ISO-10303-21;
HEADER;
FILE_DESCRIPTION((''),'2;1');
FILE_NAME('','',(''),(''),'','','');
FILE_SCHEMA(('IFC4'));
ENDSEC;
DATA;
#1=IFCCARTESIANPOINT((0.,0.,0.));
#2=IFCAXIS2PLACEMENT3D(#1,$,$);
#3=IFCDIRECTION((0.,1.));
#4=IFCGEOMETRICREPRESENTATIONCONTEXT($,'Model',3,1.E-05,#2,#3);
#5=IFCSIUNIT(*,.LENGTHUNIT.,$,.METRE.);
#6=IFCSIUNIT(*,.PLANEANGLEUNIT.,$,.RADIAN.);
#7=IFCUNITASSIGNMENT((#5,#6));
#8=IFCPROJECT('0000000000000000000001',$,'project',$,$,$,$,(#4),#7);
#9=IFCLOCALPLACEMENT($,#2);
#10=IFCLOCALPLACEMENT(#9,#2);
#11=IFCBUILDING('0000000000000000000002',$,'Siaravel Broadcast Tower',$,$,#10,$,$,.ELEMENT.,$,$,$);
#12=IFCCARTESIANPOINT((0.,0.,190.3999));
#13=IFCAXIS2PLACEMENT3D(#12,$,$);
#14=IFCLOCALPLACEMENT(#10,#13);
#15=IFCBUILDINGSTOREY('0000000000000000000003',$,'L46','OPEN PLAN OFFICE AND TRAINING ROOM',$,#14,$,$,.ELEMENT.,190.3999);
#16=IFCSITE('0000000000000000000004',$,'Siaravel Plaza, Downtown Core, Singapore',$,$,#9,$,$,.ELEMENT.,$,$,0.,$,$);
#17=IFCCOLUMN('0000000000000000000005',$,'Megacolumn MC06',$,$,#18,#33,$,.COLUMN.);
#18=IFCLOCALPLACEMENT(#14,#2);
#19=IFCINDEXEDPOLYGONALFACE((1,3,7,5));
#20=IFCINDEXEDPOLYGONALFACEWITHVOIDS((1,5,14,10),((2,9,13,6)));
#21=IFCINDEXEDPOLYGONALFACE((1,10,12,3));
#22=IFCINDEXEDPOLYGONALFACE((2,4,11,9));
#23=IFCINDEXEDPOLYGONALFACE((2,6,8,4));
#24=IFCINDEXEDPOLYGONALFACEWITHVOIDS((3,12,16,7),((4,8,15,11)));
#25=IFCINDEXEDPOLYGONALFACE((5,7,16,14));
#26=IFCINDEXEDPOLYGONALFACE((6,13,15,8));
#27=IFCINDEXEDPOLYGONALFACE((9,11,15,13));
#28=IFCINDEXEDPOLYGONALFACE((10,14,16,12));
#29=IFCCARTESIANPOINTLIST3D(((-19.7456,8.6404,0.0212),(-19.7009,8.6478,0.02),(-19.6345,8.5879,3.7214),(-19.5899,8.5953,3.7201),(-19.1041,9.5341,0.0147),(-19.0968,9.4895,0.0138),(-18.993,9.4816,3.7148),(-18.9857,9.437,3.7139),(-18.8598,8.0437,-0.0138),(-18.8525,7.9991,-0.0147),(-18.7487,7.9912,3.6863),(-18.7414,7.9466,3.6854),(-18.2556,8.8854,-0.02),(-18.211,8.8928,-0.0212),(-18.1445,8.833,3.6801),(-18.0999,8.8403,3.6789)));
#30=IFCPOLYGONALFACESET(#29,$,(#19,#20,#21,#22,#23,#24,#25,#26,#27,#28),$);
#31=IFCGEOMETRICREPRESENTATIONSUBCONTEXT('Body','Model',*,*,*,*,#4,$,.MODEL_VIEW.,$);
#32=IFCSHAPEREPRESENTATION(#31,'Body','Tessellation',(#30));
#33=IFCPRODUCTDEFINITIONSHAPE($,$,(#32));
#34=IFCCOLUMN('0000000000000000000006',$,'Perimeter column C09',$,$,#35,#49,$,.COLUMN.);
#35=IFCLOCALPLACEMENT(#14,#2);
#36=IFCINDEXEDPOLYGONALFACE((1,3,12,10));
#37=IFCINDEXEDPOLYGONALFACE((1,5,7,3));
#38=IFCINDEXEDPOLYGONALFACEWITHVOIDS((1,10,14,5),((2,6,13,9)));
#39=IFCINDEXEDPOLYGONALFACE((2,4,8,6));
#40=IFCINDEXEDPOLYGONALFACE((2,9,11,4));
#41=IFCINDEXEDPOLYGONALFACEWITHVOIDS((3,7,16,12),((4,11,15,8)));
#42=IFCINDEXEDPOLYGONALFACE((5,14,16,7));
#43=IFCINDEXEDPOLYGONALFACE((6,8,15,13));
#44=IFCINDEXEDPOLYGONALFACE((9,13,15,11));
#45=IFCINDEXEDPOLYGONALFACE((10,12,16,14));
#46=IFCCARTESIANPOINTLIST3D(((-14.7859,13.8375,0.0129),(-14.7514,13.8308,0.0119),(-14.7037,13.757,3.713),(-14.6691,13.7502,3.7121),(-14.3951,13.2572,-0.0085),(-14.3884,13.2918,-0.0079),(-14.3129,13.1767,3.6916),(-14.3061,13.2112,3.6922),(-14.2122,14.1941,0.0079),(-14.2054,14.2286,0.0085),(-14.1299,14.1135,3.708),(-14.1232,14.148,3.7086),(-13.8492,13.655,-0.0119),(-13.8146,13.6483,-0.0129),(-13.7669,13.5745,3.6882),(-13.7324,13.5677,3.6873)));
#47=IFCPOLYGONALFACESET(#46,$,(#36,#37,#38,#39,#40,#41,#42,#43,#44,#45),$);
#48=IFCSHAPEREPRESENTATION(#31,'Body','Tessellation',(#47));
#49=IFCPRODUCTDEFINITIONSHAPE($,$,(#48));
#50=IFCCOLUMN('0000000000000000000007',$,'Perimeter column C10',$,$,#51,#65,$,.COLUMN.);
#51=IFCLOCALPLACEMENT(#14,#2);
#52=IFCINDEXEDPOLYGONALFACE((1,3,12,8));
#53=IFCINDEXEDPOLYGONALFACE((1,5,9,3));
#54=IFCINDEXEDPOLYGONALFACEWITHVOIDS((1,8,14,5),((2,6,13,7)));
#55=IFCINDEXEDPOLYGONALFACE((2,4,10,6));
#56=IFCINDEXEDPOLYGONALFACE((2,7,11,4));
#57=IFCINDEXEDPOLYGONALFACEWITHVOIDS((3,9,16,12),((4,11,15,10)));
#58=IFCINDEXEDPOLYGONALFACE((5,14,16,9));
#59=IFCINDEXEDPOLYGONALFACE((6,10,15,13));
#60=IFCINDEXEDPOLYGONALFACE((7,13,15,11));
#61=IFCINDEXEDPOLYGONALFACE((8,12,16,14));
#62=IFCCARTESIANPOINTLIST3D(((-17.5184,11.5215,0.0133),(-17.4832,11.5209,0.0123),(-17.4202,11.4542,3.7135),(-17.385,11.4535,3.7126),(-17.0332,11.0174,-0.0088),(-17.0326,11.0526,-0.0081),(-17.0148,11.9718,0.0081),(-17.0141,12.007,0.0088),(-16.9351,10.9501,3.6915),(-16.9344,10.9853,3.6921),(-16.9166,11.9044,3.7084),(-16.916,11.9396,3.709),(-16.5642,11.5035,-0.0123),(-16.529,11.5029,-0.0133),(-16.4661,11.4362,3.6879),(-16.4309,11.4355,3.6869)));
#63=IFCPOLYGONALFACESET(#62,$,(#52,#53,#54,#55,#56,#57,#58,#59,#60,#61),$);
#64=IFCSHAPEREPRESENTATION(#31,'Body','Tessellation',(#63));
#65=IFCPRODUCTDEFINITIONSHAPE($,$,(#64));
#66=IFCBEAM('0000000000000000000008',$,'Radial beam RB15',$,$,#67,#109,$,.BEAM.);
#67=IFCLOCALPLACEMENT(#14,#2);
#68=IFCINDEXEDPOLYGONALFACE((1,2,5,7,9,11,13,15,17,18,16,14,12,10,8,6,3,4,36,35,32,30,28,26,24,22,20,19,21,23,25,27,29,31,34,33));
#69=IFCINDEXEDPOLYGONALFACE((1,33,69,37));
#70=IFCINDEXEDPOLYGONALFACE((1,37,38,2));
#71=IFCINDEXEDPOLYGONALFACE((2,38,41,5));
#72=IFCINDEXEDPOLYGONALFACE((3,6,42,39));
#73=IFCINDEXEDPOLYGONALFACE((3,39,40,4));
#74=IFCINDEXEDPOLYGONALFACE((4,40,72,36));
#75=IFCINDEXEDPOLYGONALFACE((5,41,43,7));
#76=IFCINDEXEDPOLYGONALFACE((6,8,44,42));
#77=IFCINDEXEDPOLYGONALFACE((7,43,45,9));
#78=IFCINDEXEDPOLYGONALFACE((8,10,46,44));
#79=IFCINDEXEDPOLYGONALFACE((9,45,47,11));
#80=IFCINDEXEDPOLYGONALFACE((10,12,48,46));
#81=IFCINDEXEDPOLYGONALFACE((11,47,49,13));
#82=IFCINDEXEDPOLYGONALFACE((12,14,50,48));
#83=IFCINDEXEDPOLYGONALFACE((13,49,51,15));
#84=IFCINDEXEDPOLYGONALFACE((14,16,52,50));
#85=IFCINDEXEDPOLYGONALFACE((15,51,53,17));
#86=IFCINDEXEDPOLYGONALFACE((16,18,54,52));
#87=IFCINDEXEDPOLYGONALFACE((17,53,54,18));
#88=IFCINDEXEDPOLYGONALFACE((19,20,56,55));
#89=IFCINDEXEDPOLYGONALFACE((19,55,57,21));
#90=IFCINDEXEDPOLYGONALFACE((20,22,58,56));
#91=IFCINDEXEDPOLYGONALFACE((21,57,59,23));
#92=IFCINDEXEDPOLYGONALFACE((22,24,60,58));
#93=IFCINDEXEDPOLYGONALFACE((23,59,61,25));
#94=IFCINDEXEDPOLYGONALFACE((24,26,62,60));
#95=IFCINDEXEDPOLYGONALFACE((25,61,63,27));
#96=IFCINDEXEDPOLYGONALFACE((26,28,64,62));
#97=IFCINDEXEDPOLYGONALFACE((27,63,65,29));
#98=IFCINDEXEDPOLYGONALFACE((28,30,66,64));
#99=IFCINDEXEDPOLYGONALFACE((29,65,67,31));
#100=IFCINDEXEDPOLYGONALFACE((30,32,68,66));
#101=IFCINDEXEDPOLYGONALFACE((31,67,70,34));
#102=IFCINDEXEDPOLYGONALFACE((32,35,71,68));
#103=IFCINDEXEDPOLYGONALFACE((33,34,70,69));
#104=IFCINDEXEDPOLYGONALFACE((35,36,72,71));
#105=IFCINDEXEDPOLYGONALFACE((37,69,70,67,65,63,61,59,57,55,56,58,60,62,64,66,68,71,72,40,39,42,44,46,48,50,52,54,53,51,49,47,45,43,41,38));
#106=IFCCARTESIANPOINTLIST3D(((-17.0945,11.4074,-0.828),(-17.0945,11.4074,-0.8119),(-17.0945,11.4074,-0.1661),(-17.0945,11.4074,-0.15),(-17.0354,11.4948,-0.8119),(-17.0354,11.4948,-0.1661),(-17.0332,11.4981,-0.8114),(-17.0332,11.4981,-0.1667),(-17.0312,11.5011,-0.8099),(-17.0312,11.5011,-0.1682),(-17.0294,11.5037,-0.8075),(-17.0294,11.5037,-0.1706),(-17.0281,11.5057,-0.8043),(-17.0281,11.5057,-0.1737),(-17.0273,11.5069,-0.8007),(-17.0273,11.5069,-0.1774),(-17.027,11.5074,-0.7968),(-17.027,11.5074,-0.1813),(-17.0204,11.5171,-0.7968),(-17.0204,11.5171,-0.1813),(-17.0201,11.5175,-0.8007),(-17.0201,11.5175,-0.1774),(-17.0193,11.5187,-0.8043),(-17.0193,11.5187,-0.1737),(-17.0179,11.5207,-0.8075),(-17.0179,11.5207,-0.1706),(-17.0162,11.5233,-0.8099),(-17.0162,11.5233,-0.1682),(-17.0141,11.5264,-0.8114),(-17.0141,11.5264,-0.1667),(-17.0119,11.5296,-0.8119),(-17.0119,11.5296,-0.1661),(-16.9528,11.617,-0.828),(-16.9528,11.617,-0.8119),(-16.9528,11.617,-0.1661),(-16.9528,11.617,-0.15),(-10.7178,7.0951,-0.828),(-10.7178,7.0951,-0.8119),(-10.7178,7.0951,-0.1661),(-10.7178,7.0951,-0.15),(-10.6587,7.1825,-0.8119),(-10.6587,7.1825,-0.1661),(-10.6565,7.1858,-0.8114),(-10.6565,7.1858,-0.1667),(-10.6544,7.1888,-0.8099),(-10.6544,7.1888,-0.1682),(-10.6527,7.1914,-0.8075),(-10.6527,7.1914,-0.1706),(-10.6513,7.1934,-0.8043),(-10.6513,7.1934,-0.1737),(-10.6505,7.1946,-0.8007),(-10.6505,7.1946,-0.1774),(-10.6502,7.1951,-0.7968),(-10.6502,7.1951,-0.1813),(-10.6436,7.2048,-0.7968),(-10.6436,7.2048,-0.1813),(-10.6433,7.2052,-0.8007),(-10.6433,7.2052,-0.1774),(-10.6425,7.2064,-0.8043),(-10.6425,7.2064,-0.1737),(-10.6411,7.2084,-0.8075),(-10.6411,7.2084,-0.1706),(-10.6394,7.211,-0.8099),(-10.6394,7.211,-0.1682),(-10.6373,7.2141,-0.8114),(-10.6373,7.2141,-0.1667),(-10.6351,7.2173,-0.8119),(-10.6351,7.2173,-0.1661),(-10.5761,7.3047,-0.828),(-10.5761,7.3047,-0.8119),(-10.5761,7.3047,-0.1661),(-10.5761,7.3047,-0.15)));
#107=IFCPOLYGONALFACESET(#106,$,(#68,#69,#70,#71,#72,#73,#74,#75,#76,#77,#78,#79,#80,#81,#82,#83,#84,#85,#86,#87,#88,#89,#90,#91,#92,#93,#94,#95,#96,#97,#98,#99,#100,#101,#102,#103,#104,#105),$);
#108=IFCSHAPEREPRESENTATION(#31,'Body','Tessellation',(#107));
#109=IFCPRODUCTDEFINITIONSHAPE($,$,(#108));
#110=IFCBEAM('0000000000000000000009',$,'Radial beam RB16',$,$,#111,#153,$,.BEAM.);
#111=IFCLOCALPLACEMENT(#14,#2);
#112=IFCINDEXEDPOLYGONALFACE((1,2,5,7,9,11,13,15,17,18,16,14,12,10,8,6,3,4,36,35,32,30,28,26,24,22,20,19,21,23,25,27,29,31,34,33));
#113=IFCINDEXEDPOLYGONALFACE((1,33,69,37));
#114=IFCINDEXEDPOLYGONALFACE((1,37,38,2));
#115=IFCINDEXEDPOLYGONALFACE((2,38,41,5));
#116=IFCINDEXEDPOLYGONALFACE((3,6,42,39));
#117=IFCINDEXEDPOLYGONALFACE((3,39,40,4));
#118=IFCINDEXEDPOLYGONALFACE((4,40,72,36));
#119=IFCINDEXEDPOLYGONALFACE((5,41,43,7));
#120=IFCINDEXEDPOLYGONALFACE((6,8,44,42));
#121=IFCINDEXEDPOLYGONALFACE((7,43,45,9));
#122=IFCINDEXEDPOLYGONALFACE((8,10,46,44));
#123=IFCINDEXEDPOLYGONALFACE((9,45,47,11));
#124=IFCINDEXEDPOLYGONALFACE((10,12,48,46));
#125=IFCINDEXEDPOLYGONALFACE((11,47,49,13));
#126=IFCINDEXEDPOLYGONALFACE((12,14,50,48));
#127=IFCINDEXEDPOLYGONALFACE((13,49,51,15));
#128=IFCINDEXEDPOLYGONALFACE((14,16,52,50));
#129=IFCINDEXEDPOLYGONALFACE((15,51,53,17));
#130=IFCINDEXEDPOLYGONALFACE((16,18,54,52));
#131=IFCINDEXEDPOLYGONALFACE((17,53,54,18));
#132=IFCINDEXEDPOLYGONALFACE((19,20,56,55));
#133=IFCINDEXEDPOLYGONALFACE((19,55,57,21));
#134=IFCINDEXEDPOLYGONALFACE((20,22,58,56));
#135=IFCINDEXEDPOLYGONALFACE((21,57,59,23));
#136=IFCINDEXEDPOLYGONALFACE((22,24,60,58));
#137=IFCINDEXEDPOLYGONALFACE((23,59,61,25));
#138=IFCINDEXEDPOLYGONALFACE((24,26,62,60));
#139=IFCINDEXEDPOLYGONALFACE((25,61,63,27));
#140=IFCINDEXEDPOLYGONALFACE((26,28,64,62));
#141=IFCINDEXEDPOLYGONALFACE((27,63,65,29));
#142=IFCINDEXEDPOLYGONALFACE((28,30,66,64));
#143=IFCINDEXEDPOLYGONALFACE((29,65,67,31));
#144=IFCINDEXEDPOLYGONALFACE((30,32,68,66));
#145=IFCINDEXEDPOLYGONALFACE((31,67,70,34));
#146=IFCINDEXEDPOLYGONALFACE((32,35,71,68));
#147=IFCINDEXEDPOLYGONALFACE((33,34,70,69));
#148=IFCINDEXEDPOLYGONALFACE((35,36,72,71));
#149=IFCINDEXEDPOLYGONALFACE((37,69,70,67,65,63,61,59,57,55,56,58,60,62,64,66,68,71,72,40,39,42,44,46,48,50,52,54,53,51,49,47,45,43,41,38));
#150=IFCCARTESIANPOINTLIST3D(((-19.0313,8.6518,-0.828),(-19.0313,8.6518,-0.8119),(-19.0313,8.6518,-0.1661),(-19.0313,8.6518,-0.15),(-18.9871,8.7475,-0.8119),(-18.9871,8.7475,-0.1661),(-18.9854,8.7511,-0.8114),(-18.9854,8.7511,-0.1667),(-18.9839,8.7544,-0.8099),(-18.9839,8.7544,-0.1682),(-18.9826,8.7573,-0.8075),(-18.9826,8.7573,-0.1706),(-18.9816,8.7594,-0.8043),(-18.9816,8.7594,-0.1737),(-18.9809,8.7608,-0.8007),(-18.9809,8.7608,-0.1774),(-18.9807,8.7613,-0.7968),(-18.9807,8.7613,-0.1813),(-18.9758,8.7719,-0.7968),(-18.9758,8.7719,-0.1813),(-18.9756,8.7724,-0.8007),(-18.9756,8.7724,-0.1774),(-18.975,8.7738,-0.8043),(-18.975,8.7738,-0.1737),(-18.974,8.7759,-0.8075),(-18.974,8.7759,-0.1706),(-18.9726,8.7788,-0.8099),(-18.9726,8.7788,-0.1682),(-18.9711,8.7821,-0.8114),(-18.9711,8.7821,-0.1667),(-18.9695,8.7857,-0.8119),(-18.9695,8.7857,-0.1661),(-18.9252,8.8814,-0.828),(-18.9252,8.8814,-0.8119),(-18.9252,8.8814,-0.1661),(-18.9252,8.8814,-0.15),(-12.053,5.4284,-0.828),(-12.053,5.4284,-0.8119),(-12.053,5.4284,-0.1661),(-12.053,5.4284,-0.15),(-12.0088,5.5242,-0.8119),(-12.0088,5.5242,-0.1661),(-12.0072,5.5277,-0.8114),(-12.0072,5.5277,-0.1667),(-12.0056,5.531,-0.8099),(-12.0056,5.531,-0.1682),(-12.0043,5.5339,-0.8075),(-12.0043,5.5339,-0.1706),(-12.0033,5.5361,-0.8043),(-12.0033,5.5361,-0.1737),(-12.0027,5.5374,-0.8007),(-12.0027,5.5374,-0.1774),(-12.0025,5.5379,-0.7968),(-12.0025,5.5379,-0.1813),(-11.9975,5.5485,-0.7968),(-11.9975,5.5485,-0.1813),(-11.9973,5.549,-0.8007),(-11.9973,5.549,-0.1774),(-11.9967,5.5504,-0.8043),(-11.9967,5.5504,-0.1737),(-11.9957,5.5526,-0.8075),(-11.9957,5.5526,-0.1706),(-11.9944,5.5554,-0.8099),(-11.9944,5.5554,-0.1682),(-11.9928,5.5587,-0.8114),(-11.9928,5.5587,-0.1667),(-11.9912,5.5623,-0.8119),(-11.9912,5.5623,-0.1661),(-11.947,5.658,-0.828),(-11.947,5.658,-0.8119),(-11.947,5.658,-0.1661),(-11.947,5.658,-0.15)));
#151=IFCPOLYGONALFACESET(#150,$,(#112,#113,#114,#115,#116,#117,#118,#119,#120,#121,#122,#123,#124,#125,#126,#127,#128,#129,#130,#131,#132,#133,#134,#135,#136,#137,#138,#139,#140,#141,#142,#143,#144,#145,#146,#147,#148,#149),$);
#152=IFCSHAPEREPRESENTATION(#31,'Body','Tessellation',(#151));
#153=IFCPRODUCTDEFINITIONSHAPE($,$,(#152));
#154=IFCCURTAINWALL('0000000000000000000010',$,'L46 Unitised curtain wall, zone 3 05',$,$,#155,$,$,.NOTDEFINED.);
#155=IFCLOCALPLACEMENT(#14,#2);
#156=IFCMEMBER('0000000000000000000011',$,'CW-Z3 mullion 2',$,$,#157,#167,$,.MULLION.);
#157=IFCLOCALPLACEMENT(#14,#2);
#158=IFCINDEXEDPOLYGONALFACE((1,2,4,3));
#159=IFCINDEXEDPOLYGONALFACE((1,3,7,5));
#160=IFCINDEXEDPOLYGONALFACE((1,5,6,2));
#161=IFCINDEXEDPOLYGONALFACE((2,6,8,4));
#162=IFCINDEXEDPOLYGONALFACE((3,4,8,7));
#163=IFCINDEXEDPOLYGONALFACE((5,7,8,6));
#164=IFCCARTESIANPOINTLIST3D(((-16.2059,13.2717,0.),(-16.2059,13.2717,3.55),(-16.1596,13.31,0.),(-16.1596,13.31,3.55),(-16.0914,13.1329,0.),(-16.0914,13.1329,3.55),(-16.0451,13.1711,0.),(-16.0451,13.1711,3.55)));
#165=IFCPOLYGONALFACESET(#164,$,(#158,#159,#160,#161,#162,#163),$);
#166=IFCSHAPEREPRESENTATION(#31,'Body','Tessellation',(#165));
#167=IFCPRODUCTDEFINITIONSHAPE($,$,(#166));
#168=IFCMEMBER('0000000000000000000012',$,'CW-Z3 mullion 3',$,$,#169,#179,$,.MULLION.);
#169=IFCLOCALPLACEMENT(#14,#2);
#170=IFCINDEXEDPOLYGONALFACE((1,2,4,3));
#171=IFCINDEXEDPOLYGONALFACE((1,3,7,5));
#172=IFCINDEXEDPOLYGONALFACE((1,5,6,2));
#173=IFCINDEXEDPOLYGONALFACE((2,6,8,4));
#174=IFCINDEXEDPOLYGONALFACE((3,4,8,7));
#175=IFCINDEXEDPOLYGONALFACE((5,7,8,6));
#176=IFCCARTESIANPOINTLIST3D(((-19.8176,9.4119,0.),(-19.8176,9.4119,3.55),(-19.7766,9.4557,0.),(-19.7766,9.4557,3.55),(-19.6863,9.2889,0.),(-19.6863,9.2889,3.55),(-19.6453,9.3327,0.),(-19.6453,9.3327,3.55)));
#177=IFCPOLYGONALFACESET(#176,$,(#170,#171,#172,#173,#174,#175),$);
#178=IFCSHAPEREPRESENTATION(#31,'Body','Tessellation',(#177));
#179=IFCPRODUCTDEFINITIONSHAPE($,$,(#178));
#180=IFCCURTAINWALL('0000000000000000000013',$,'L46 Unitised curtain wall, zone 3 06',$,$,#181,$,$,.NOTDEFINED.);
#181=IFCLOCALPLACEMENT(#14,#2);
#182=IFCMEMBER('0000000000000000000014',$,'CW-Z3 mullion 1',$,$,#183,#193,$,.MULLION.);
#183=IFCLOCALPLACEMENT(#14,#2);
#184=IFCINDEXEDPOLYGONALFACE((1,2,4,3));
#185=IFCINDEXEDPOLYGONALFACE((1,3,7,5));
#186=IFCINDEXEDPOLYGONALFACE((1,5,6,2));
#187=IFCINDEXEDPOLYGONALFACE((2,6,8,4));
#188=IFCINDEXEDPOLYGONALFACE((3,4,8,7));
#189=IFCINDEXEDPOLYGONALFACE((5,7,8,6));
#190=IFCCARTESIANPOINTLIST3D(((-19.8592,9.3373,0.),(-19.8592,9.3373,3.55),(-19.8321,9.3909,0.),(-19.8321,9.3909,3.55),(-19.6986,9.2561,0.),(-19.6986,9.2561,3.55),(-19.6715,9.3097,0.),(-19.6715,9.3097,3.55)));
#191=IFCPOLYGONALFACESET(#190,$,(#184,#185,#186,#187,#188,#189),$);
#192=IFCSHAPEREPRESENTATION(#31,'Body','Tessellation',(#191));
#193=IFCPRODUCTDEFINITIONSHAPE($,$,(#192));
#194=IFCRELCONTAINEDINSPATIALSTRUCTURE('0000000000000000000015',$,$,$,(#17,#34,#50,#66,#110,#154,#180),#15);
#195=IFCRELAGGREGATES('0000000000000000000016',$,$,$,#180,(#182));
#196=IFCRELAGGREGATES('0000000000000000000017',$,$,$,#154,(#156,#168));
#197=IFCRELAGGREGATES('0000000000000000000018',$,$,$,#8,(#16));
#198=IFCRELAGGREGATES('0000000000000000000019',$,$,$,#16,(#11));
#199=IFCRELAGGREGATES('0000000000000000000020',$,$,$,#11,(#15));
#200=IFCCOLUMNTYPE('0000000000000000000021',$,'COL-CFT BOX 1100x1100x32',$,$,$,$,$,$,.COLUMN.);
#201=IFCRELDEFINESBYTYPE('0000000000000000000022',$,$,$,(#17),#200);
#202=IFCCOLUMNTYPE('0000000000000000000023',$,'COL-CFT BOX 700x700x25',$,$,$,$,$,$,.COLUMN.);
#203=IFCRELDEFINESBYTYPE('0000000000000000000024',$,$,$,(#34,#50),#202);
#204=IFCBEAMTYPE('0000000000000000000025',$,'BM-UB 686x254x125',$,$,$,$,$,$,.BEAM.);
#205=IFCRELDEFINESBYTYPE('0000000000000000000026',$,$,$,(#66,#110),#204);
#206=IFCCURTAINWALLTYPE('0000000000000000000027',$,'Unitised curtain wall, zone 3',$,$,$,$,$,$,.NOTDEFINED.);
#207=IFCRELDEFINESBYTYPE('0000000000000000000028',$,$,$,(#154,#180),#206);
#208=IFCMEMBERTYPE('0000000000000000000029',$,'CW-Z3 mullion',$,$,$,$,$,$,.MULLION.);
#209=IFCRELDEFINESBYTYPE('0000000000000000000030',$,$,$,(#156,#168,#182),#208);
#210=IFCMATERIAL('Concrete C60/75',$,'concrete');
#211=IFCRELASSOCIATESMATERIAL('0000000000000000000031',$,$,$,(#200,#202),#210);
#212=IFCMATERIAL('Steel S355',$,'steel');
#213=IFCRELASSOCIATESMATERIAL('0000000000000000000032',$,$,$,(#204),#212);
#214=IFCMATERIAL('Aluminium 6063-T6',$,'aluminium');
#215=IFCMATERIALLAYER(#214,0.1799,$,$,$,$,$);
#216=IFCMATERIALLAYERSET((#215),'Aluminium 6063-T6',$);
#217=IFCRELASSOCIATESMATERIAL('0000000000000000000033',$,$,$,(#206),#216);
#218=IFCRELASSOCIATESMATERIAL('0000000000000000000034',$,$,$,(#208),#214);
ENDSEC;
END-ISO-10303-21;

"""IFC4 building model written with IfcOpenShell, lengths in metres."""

from ifc_helpers import new_model, si_unit, direction, frame, origin, origin_2d, place, context, subcontext, project, spatial, rectangle, hollow_rectangle, i_section, extrude, material, layer, layer_set, material_profile, profile_set, type_object, element, aggregate, save


model = new_model("IFC4")

# Units and contexts
model_context = context("Model", 3, precision=1e-05, world=origin(), true_north=direction((0.0, 1.0)))
body_context = subcontext(model_context, "Body", "Model", "MODEL_VIEW")
ifc_project = project(units=[si_unit("LENGTHUNIT", "METRE"), si_unit("PLANEANGLEUNIT", "RADIAN")], contexts=[model_context])

# Site, building, storey
site_placement = place(None, origin())
site = spatial("IfcSite", under=ifc_project, at=site_placement, Name="Siaravel Plaza, Downtown Core, Singapore", CompositionType="ELEMENT", RefElevation=0.0)
building_placement = place(site_placement, origin())
building = spatial("IfcBuilding", under=site, at=building_placement, Name="Siaravel Broadcast Tower", CompositionType="ELEMENT")
storey_placement = place(building_placement, frame((0.0, 0.0, 190.3999)))
storey = spatial("IfcBuildingStorey", under=building, at=storey_placement, Name="L46", Description="OPEN PLAN OFFICE AND TRAINING ROOM", CompositionType="ELEMENT", Elevation=190.3999)

# Columns
ifc_material_1 = material(Name="Concrete C60/75", Category="concrete")
ifc_material_profile_1 = material_profile(ifc_material_1, hollow_rectangle(XDim=1.1001, YDim=1.1001, WallThickness=0.032, at=origin_2d()))
ifc_profile_set_1 = profile_set([ifc_material_profile_1], Name="Concrete C60/75")
column_type_1 = type_object("IfcColumnType", Name="COL-CFT BOX 1100x1100x32", PredefinedType="COLUMN", material=ifc_profile_set_1)
column_1_placement = place(storey_placement, frame((-18.9783, 8.7666, 0.0), z_axis=(0.030005, -0.014178, 0.999449), x_axis=(0.583112, 0.81237, -0.005982)))
element("IfcColumn", 1, at=column_1_placement, inside=storey, type_object=column_type_1, Name="Megacolumn MC06", PredefinedType="COLUMN", context=body_context, shape_type="SweptSolid", body=[
    extrude(hollow_rectangle(XDim=1.1001, YDim=1.1001, WallThickness=0.032, at=origin_2d()), origin(), (0.0, 0.0, 1.0), 3.7021),
])
ifc_material_profile_2 = material_profile(ifc_material_1, hollow_rectangle(XDim=0.7, YDim=0.7, WallThickness=0.0249, at=origin_2d()))
ifc_profile_set_2 = profile_set([ifc_material_profile_2], Name="Concrete C60/75")
column_type_2 = type_object("IfcColumnType", Name="COL-CFT BOX 700x700x25", PredefinedType="COLUMN", material=ifc_profile_set_2)
column_2_placement = place(storey_placement, frame((-14.3003, 13.7429, 0.0), z_axis=(0.022225, -0.021763, 0.999516), x_axis=(0.829326, 0.55873, -0.006275)))
element("IfcColumn", 2, at=column_2_placement, inside=storey, type_object=column_type_2, Name="Perimeter column C09", PredefinedType="COLUMN", context=body_context, shape_type="SweptSolid", body=[
    extrude(hollow_rectangle(XDim=0.7, YDim=0.7, WallThickness=0.0249, at=origin_2d()), origin(), (0.0, 0.0, 1.0), 3.7019),
])
column_3_placement = place(storey_placement, frame((-17.0237, 11.5122, 0.0), z_axis=(0.02651, -0.018201, 0.999483), x_axis=(0.720395, 0.693534, -0.006478)))
element("IfcColumn", 3, at=column_3_placement, inside=storey, type_object=column_type_2, Name="Perimeter column C10", PredefinedType="COLUMN", context=body_context, shape_type="SweptSolid", body=[
    extrude(hollow_rectangle(XDim=0.7, YDim=0.7, WallThickness=0.0249, at=origin_2d()), origin(), (0.0, 0.0, 1.0), 3.7021),
])

# Beams
ifc_material_2 = material(Name="Steel S355", Category="steel")
ifc_material_profile_3 = material_profile(ifc_material_2, i_section(OverallWidth=0.2529, OverallDepth=0.678, WebThickness=0.0117, FlangeThickness=0.0161, FilletRadius=0.0151, at=origin_2d()))
ifc_profile_set_3 = profile_set([ifc_material_profile_3], Name="Steel S355")
beam_type = type_object("IfcBeamType", Name="BM-UB 686x254x125", PredefinedType="BEAM", material=ifc_profile_set_3)
beam_1_placement = place(storey_placement, frame((-17.0237, 11.5122, -0.489), z_axis=(0.828368, -0.560185, 0.0), x_axis=(0.560185, 0.828368, 0.0)))
element("IfcBeam", 4, at=beam_1_placement, inside=storey, type_object=beam_type, Name="Radial beam RB15", PredefinedType="BEAM", context=body_context, shape_type="SweptSolid", body=[
    extrude(i_section(OverallWidth=0.2529, OverallDepth=0.678, WebThickness=0.0117, FlangeThickness=0.0161, FilletRadius=0.0151, at=origin_2d()), origin(), (0.0, 0.0, 1.0), 7.698),
])
beam_2_placement = place(storey_placement, frame((-18.9783, 8.7666, -0.489), z_axis=(0.907828, -0.419342, 0.0), x_axis=(0.419342, 0.907828, 0.0)))
element("IfcBeam", 5, at=beam_2_placement, inside=storey, type_object=beam_type, Name="Radial beam RB16", PredefinedType="BEAM", context=body_context, shape_type="SweptSolid", body=[
    extrude(i_section(OverallWidth=0.2529, OverallDepth=0.678, WebThickness=0.0117, FlangeThickness=0.0161, FilletRadius=0.0151, at=origin_2d()), origin(), (0.0, 0.0, 1.0), 7.6868),
])

# Curtain wall, members
ifc_material_3 = material(Name="Aluminium 6063-T6", Category="aluminium")
ifc_layer_1 = layer(ifc_material_3, 0.1799)
ifc_layer_set_1 = layer_set([ifc_layer_1], Name="Aluminium 6063-T6")
curtain_wall_type = type_object("IfcCurtainWallType", Name="Unitised curtain wall, zone 3", PredefinedType="NOTDEFINED", material=ifc_layer_set_1)
curtain_wall_1_placement = place(storey_placement, origin())
curtain_wall_1 = element("IfcCurtainWall", 6, at=curtain_wall_1_placement, inside=storey, type_object=curtain_wall_type, Name="L46 Unitised curtain wall, zone 3 05", PredefinedType="NOTDEFINED")
ifc_material_profile_4 = material_profile(ifc_material_3, rectangle(XDim=0.1799, YDim=0.0601, at=origin_2d()))
ifc_profile_set_4 = profile_set([ifc_material_profile_4], Name="Aluminium 6063-T6")
member_type_1 = type_object("IfcMemberType", Name="CW-Z3 mullion", PredefinedType="MULLION", material=ifc_profile_set_4)
member_1_placement = place(storey_placement, frame((-16.1255, 13.2214, 0.0), z_axis=(0.0, 0.0, 1.0), x_axis=(0.636219, -0.771509, 0.0)))
member_1 = element("IfcMember", 7, at=member_1_placement, type_object=member_type_1, Name="CW-Z3 mullion 2", PredefinedType="MULLION", context=body_context, shape_type="SweptSolid", body=[
    extrude(rectangle(XDim=0.1799, YDim=0.0601, at=origin_2d()), origin(), (0.0, 0.0, 1.0), 3.55),
])
member_2_placement = place(storey_placement, frame((-19.7314, 9.3723, 0.0), z_axis=(0.0, 0.0, 1.0), x_axis=(0.729805, -0.683655, 0.0)))
member_2 = element("IfcMember", 8, at=member_2_placement, type_object=member_type_1, Name="CW-Z3 mullion 3", PredefinedType="MULLION", context=body_context, shape_type="SweptSolid", body=[
    extrude(rectangle(XDim=0.1799, YDim=0.0601, at=origin_2d()), origin(), (0.0, 0.0, 1.0), 3.55),
])

# Curtain wall, member
curtain_wall_2_placement = place(storey_placement, origin())
curtain_wall_2 = element("IfcCurtainWall", 9, at=curtain_wall_2_placement, inside=storey, type_object=curtain_wall_type, Name="L46 Unitised curtain wall, zone 3 06", PredefinedType="NOTDEFINED")
member_3_placement = place(storey_placement, frame((-19.7654, 9.3235, 0.0), z_axis=(0.0, 0.0, 1.0), x_axis=(0.892392, -0.451261, 0.0)))
member_3 = element("IfcMember", 10, at=member_3_placement, type_object=member_type_1, Name="CW-Z3 mullion 1", PredefinedType="MULLION", context=body_context, shape_type="SweptSolid", body=[
    extrude(rectangle(XDim=0.1799, YDim=0.0601, at=origin_2d()), origin(), (0.0, 0.0, 1.0), 3.55),
])

aggregate(curtain_wall_2, [member_3])

aggregate(curtain_wall_1, [member_1, member_2])

save(model, "model.ifc")
